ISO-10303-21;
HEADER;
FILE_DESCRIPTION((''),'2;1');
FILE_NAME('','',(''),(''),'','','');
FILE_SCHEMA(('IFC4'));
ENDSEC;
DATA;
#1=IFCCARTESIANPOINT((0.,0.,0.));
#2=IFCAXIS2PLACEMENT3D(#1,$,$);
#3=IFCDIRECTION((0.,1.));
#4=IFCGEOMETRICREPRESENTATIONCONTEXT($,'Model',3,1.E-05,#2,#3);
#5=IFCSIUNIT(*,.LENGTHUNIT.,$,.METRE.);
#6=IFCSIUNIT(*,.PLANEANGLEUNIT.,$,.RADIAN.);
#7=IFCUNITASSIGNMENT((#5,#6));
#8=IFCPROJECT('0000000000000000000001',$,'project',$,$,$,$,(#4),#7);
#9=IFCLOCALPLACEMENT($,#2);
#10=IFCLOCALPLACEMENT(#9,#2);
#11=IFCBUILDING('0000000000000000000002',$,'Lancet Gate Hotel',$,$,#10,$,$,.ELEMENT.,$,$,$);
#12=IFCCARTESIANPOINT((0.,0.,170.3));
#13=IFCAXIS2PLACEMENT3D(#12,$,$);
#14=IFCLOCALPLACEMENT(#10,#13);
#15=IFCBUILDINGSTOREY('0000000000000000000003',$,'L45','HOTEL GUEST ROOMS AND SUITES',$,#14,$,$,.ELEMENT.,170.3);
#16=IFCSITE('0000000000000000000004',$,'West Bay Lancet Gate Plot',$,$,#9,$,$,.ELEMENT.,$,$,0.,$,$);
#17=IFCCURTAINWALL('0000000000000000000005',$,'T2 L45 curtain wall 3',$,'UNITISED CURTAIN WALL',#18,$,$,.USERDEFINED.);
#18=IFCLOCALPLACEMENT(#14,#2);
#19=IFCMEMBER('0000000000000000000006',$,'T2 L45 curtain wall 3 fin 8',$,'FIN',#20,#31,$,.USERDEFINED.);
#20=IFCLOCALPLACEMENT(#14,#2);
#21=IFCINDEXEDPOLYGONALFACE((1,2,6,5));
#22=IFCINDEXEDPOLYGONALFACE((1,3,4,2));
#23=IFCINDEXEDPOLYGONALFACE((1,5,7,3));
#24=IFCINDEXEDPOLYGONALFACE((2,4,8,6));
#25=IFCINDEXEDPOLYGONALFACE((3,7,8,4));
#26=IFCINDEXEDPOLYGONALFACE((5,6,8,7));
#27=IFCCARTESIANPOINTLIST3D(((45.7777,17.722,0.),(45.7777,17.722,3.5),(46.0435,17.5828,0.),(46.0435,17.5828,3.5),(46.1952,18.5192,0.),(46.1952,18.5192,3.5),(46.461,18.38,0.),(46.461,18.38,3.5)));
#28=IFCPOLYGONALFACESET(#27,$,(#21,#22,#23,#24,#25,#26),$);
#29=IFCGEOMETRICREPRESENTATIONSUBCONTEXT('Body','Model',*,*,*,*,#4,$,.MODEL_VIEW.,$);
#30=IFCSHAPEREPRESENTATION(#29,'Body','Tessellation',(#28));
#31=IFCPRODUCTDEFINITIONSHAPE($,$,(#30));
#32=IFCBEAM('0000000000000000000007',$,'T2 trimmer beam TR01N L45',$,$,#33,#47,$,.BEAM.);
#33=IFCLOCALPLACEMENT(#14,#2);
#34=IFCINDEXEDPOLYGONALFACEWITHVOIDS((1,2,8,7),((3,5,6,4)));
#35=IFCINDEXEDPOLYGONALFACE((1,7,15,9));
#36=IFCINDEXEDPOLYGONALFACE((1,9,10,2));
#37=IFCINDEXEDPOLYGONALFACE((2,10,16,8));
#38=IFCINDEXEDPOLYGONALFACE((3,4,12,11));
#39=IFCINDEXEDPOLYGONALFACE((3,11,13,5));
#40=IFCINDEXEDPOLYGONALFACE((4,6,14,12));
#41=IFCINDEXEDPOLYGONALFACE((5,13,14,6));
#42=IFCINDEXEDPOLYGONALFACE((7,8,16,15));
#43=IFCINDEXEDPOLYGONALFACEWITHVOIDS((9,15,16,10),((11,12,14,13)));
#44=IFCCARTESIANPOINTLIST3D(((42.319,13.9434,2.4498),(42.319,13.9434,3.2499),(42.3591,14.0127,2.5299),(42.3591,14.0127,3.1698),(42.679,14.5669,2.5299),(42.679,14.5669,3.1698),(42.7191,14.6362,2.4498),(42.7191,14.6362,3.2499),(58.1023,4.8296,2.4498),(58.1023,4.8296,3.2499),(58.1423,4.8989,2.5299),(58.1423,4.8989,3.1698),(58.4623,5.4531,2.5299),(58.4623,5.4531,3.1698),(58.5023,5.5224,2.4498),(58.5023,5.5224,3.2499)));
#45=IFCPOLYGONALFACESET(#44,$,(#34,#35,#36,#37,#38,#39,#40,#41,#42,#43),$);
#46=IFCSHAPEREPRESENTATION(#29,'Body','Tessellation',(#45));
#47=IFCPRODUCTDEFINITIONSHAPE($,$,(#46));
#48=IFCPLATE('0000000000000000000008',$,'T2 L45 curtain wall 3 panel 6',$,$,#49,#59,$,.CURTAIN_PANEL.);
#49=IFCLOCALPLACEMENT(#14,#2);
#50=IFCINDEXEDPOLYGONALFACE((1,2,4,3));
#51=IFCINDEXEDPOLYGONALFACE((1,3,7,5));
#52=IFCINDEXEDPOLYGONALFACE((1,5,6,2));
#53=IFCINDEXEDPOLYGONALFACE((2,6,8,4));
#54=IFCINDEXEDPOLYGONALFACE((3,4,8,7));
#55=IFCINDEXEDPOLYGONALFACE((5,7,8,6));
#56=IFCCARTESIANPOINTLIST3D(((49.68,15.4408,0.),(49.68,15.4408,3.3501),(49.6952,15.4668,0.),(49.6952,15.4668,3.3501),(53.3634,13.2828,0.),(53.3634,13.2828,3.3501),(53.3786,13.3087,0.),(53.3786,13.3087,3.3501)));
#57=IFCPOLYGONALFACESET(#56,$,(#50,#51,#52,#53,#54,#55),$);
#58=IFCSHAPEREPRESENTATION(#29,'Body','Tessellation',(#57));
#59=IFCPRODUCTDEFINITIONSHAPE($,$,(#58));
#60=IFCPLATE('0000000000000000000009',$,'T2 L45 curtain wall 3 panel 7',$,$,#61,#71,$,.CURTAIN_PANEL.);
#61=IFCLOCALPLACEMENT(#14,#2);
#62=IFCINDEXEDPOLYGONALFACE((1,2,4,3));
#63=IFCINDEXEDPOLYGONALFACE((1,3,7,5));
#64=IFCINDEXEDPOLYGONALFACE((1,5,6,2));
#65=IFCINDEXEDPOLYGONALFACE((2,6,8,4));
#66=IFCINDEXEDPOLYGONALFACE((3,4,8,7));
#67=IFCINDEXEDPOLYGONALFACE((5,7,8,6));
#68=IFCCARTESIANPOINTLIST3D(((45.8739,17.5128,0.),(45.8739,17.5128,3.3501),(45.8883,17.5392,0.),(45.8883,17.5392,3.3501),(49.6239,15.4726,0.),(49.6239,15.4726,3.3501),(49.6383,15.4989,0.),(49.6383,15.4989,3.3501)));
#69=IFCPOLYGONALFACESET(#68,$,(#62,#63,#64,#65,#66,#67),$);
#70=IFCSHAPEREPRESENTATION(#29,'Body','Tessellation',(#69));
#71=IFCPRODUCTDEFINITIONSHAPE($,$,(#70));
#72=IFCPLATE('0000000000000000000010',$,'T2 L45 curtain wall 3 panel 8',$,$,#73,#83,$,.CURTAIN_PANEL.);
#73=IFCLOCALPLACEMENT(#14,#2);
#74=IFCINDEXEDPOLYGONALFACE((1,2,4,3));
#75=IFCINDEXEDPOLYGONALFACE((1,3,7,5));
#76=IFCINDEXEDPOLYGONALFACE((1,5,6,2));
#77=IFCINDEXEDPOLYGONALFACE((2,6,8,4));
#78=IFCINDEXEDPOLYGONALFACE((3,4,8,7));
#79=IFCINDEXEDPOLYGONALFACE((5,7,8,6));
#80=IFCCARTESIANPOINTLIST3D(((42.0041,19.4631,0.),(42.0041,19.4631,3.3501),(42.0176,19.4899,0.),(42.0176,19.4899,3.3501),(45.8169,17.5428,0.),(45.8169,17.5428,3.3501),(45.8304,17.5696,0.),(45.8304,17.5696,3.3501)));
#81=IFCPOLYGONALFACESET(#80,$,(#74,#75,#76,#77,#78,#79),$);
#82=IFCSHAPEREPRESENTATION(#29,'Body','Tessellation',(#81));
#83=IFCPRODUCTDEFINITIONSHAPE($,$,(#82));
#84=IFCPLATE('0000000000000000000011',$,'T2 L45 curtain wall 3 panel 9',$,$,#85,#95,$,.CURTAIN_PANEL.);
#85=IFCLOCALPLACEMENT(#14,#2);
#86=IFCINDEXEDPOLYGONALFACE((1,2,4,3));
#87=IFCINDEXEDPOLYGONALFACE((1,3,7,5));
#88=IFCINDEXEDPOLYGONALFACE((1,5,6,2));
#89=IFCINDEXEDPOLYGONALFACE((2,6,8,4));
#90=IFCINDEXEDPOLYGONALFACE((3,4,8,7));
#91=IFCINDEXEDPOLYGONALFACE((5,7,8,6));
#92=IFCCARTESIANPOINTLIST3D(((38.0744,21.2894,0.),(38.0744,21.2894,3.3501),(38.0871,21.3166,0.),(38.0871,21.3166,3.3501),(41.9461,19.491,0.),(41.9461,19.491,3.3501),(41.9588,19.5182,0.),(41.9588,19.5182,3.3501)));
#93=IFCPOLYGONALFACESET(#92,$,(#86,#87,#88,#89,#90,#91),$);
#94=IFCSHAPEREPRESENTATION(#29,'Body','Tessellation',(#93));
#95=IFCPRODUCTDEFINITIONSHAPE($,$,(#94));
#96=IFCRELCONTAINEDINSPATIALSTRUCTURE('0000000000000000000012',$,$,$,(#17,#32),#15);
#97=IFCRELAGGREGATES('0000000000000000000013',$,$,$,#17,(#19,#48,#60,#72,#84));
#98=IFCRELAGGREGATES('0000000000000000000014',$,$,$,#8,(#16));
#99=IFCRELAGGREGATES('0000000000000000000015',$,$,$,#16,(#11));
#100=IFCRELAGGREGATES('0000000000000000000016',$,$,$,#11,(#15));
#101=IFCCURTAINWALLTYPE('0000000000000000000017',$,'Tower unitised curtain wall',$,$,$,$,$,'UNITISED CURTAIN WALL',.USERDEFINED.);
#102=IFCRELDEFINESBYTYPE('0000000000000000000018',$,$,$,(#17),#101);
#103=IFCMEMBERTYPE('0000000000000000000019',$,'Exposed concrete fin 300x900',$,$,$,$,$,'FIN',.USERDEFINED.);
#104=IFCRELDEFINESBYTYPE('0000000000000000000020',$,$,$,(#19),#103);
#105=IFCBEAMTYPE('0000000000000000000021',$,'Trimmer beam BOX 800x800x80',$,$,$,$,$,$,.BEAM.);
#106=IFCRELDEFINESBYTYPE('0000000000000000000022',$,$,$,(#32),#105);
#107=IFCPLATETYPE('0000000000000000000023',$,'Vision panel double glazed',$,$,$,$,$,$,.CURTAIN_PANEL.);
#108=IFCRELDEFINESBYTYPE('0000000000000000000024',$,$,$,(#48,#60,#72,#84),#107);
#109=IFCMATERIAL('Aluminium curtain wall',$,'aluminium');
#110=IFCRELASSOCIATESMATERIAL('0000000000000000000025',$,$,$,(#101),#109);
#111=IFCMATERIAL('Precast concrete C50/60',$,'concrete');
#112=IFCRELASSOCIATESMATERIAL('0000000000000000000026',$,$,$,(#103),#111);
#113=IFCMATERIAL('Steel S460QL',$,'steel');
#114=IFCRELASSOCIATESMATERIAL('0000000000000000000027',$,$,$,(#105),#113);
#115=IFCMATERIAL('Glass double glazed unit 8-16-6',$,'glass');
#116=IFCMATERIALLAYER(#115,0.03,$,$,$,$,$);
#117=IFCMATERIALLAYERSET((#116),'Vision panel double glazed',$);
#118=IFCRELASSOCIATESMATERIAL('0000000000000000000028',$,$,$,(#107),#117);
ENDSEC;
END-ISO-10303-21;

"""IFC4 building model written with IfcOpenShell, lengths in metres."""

from ifc_helpers import new_model, si_unit, direction, frame, origin, origin_2d, place, context, subcontext, project, spatial, rectangle, hollow_rectangle, extrude, material, layer, layer_set, material_profile, profile_set, type_object, element, aggregate, save


model = new_model("IFC4")

# Units and contexts
model_context = context("Model", 3, precision=1e-05, world=origin(), true_north=direction((0.0, 1.0)))
body_context = subcontext(model_context, "Body", "Model", "MODEL_VIEW")
ifc_project = project(units=[si_unit("LENGTHUNIT", "METRE"), si_unit("PLANEANGLEUNIT", "RADIAN")], contexts=[model_context])

# Site, building, storey
site_placement = place(None, origin())
site = spatial("IfcSite", under=ifc_project, at=site_placement, Name="West Bay Lancet Gate Plot", CompositionType="ELEMENT", RefElevation=0.0)
building_placement = place(site_placement, origin())
building = spatial("IfcBuilding", under=site, at=building_placement, Name="Lancet Gate Hotel", CompositionType="ELEMENT")
storey_placement = place(building_placement, frame((0.0, 0.0, 170.3)))
storey = spatial("IfcBuildingStorey", under=building, at=storey_placement, Name="L45", Description="HOTEL GUEST ROOMS AND SUITES", CompositionType="ELEMENT", Elevation=170.3)

# Curtain wall
ifc_material_1 = material(Name="Aluminium curtain wall", Category="aluminium")
curtain_wall_type = type_object("IfcCurtainWallType", Name="Tower unitised curtain wall", ElementType="UNITISED CURTAIN WALL", PredefinedType="USERDEFINED", material=ifc_material_1)
curtain_wall_placement = place(storey_placement, origin())
curtain_wall = element("IfcCurtainWall", 1, at=curtain_wall_placement, inside=storey, type_object=curtain_wall_type, Name="T2 L45 curtain wall 3", ObjectType="UNITISED CURTAIN WALL", PredefinedType="USERDEFINED")

# Member
ifc_material_2 = material(Name="Precast concrete C50/60", Category="concrete")
ifc_material_profile_1 = material_profile(ifc_material_2, rectangle(XDim=0.3, YDim=0.8999, at=origin_2d()), Name="FIN 300x900")
ifc_profile_set_1 = profile_set([ifc_material_profile_1], Name="Precast concrete C50/60")
member_type_1 = type_object("IfcMemberType", Name="Exposed concrete fin 300x900", ElementType="FIN", PredefinedType="USERDEFINED", material=ifc_profile_set_1)
member_1_placement = place(storey_placement, frame((46.1194, 18.051, 0.0), z_axis=(0.0, 0.0, 1.0), x_axis=(-0.885877, 0.46392, 0.0)))
member_1 = element("IfcMember", 2, at=member_1_placement, type_object=member_type_1, Name="T2 L45 curtain wall 3 fin 8", ObjectType="FIN", PredefinedType="USERDEFINED", context=body_context, shape_type="SweptSolid", body=[
    extrude(rectangle(XDim=0.3, YDim=0.8999, at=origin_2d()), origin(), (0.0, 0.0, 1.0), 3.5),
])

# Beam
ifc_material_3 = material(Name="Steel S460QL", Category="steel")
ifc_material_profile_2 = material_profile(ifc_material_3, hollow_rectangle(XDim=0.8, YDim=0.8, WallThickness=0.0801, at=origin_2d()), Name="BOX 800x800x80")
ifc_profile_set_2 = profile_set([ifc_material_profile_2], Name="Steel S460QL")
beam_type_1 = type_object("IfcBeamType", Name="Trimmer beam BOX 800x800x80", PredefinedType="BEAM", material=ifc_profile_set_2)
beam_1_placement = place(storey_placement, frame((42.519, 14.2898, 2.8499), z_axis=(0.865994, -0.500055, 0.0), x_axis=(0.500055, 0.865994, 0.0)))
element("IfcBeam", 3, at=beam_1_placement, inside=storey, type_object=beam_type_1, Name="T2 trimmer beam TR01N L45", PredefinedType="BEAM", context=body_context, shape_type="SweptSolid", body=[
    extrude(hollow_rectangle(XDim=0.8, YDim=0.8, WallThickness=0.0801, at=origin_2d()), origin(), (0.0, 0.0, 1.0), 18.2256),
])

# Plates
ifc_material_4 = material(Name="Glass double glazed unit 8-16-6", Category="glass")
ifc_layer = layer(ifc_material_4, 0.03)
ifc_layer_set = layer_set([ifc_layer], Name="Vision panel double glazed")
plate_type = type_object("IfcPlateType", Name="Vision panel double glazed", PredefinedType="CURTAIN_PANEL", material=ifc_layer_set)
plate_1_placement = place(storey_placement, frame((51.5293, 14.3748, 0.0), z_axis=(0.0, 0.0, 1.0), x_axis=(-0.862815, 0.50552, 0.0)))
plate_1 = element("IfcPlate", 4, at=plate_1_placement, type_object=plate_type, Name="T2 L45 curtain wall 3 panel 6", PredefinedType="CURTAIN_PANEL", context=body_context, shape_type="SweptSolid", body=[
    extrude(rectangle(XDim=4.269, YDim=0.03, at=origin_2d()), origin(), (0.0, 0.0, 1.0), 3.3501),
])
plate_2_placement = place(storey_placement, frame((47.7561, 16.5059, 0.0), z_axis=(0.0, 0.0, 1.0), x_axis=(-0.87841, 0.477908, 0.0)))
plate_2 = element("IfcPlate", 5, at=plate_2_placement, type_object=plate_type, Name="T2 L45 curtain wall 3 panel 7", PredefinedType="CURTAIN_PANEL", context=body_context, shape_type="SweptSolid", body=[
    extrude(rectangle(XDim=4.269, YDim=0.03, at=origin_2d()), origin(), (0.0, 0.0, 1.0), 3.3501),
])
plate_3_placement = place(storey_placement, frame((43.9172, 18.5164, 0.0), z_axis=(0.0, 0.0, 1.0), x_axis=(-0.893121, 0.449816, 0.0)))
plate_3 = element("IfcPlate", 6, at=plate_3_placement, type_object=plate_type, Name="T2 L45 curtain wall 3 panel 8", PredefinedType="CURTAIN_PANEL", context=body_context, shape_type="SweptSolid", body=[
    extrude(rectangle(XDim=4.269, YDim=0.03, at=origin_2d()), origin(), (0.0, 0.0, 1.0), 3.3501),
])
plate_4_placement = place(storey_placement, frame((40.0166, 20.4038, 0.0), z_axis=(0.0, 0.0, 1.0), x_axis=(-0.906935, 0.421271, 0.0)))
plate_4 = element("IfcPlate", 7, at=plate_4_placement, type_object=plate_type, Name="T2 L45 curtain wall 3 panel 9", PredefinedType="CURTAIN_PANEL", context=body_context, shape_type="SweptSolid", body=[
    extrude(rectangle(XDim=4.269, YDim=0.03, at=origin_2d()), origin(), (0.0, 0.0, 1.0), 3.3501),
])
aggregate(curtain_wall, [member_1, plate_1, plate_2, plate_3, plate_4])

save(model, "model.ifc")
